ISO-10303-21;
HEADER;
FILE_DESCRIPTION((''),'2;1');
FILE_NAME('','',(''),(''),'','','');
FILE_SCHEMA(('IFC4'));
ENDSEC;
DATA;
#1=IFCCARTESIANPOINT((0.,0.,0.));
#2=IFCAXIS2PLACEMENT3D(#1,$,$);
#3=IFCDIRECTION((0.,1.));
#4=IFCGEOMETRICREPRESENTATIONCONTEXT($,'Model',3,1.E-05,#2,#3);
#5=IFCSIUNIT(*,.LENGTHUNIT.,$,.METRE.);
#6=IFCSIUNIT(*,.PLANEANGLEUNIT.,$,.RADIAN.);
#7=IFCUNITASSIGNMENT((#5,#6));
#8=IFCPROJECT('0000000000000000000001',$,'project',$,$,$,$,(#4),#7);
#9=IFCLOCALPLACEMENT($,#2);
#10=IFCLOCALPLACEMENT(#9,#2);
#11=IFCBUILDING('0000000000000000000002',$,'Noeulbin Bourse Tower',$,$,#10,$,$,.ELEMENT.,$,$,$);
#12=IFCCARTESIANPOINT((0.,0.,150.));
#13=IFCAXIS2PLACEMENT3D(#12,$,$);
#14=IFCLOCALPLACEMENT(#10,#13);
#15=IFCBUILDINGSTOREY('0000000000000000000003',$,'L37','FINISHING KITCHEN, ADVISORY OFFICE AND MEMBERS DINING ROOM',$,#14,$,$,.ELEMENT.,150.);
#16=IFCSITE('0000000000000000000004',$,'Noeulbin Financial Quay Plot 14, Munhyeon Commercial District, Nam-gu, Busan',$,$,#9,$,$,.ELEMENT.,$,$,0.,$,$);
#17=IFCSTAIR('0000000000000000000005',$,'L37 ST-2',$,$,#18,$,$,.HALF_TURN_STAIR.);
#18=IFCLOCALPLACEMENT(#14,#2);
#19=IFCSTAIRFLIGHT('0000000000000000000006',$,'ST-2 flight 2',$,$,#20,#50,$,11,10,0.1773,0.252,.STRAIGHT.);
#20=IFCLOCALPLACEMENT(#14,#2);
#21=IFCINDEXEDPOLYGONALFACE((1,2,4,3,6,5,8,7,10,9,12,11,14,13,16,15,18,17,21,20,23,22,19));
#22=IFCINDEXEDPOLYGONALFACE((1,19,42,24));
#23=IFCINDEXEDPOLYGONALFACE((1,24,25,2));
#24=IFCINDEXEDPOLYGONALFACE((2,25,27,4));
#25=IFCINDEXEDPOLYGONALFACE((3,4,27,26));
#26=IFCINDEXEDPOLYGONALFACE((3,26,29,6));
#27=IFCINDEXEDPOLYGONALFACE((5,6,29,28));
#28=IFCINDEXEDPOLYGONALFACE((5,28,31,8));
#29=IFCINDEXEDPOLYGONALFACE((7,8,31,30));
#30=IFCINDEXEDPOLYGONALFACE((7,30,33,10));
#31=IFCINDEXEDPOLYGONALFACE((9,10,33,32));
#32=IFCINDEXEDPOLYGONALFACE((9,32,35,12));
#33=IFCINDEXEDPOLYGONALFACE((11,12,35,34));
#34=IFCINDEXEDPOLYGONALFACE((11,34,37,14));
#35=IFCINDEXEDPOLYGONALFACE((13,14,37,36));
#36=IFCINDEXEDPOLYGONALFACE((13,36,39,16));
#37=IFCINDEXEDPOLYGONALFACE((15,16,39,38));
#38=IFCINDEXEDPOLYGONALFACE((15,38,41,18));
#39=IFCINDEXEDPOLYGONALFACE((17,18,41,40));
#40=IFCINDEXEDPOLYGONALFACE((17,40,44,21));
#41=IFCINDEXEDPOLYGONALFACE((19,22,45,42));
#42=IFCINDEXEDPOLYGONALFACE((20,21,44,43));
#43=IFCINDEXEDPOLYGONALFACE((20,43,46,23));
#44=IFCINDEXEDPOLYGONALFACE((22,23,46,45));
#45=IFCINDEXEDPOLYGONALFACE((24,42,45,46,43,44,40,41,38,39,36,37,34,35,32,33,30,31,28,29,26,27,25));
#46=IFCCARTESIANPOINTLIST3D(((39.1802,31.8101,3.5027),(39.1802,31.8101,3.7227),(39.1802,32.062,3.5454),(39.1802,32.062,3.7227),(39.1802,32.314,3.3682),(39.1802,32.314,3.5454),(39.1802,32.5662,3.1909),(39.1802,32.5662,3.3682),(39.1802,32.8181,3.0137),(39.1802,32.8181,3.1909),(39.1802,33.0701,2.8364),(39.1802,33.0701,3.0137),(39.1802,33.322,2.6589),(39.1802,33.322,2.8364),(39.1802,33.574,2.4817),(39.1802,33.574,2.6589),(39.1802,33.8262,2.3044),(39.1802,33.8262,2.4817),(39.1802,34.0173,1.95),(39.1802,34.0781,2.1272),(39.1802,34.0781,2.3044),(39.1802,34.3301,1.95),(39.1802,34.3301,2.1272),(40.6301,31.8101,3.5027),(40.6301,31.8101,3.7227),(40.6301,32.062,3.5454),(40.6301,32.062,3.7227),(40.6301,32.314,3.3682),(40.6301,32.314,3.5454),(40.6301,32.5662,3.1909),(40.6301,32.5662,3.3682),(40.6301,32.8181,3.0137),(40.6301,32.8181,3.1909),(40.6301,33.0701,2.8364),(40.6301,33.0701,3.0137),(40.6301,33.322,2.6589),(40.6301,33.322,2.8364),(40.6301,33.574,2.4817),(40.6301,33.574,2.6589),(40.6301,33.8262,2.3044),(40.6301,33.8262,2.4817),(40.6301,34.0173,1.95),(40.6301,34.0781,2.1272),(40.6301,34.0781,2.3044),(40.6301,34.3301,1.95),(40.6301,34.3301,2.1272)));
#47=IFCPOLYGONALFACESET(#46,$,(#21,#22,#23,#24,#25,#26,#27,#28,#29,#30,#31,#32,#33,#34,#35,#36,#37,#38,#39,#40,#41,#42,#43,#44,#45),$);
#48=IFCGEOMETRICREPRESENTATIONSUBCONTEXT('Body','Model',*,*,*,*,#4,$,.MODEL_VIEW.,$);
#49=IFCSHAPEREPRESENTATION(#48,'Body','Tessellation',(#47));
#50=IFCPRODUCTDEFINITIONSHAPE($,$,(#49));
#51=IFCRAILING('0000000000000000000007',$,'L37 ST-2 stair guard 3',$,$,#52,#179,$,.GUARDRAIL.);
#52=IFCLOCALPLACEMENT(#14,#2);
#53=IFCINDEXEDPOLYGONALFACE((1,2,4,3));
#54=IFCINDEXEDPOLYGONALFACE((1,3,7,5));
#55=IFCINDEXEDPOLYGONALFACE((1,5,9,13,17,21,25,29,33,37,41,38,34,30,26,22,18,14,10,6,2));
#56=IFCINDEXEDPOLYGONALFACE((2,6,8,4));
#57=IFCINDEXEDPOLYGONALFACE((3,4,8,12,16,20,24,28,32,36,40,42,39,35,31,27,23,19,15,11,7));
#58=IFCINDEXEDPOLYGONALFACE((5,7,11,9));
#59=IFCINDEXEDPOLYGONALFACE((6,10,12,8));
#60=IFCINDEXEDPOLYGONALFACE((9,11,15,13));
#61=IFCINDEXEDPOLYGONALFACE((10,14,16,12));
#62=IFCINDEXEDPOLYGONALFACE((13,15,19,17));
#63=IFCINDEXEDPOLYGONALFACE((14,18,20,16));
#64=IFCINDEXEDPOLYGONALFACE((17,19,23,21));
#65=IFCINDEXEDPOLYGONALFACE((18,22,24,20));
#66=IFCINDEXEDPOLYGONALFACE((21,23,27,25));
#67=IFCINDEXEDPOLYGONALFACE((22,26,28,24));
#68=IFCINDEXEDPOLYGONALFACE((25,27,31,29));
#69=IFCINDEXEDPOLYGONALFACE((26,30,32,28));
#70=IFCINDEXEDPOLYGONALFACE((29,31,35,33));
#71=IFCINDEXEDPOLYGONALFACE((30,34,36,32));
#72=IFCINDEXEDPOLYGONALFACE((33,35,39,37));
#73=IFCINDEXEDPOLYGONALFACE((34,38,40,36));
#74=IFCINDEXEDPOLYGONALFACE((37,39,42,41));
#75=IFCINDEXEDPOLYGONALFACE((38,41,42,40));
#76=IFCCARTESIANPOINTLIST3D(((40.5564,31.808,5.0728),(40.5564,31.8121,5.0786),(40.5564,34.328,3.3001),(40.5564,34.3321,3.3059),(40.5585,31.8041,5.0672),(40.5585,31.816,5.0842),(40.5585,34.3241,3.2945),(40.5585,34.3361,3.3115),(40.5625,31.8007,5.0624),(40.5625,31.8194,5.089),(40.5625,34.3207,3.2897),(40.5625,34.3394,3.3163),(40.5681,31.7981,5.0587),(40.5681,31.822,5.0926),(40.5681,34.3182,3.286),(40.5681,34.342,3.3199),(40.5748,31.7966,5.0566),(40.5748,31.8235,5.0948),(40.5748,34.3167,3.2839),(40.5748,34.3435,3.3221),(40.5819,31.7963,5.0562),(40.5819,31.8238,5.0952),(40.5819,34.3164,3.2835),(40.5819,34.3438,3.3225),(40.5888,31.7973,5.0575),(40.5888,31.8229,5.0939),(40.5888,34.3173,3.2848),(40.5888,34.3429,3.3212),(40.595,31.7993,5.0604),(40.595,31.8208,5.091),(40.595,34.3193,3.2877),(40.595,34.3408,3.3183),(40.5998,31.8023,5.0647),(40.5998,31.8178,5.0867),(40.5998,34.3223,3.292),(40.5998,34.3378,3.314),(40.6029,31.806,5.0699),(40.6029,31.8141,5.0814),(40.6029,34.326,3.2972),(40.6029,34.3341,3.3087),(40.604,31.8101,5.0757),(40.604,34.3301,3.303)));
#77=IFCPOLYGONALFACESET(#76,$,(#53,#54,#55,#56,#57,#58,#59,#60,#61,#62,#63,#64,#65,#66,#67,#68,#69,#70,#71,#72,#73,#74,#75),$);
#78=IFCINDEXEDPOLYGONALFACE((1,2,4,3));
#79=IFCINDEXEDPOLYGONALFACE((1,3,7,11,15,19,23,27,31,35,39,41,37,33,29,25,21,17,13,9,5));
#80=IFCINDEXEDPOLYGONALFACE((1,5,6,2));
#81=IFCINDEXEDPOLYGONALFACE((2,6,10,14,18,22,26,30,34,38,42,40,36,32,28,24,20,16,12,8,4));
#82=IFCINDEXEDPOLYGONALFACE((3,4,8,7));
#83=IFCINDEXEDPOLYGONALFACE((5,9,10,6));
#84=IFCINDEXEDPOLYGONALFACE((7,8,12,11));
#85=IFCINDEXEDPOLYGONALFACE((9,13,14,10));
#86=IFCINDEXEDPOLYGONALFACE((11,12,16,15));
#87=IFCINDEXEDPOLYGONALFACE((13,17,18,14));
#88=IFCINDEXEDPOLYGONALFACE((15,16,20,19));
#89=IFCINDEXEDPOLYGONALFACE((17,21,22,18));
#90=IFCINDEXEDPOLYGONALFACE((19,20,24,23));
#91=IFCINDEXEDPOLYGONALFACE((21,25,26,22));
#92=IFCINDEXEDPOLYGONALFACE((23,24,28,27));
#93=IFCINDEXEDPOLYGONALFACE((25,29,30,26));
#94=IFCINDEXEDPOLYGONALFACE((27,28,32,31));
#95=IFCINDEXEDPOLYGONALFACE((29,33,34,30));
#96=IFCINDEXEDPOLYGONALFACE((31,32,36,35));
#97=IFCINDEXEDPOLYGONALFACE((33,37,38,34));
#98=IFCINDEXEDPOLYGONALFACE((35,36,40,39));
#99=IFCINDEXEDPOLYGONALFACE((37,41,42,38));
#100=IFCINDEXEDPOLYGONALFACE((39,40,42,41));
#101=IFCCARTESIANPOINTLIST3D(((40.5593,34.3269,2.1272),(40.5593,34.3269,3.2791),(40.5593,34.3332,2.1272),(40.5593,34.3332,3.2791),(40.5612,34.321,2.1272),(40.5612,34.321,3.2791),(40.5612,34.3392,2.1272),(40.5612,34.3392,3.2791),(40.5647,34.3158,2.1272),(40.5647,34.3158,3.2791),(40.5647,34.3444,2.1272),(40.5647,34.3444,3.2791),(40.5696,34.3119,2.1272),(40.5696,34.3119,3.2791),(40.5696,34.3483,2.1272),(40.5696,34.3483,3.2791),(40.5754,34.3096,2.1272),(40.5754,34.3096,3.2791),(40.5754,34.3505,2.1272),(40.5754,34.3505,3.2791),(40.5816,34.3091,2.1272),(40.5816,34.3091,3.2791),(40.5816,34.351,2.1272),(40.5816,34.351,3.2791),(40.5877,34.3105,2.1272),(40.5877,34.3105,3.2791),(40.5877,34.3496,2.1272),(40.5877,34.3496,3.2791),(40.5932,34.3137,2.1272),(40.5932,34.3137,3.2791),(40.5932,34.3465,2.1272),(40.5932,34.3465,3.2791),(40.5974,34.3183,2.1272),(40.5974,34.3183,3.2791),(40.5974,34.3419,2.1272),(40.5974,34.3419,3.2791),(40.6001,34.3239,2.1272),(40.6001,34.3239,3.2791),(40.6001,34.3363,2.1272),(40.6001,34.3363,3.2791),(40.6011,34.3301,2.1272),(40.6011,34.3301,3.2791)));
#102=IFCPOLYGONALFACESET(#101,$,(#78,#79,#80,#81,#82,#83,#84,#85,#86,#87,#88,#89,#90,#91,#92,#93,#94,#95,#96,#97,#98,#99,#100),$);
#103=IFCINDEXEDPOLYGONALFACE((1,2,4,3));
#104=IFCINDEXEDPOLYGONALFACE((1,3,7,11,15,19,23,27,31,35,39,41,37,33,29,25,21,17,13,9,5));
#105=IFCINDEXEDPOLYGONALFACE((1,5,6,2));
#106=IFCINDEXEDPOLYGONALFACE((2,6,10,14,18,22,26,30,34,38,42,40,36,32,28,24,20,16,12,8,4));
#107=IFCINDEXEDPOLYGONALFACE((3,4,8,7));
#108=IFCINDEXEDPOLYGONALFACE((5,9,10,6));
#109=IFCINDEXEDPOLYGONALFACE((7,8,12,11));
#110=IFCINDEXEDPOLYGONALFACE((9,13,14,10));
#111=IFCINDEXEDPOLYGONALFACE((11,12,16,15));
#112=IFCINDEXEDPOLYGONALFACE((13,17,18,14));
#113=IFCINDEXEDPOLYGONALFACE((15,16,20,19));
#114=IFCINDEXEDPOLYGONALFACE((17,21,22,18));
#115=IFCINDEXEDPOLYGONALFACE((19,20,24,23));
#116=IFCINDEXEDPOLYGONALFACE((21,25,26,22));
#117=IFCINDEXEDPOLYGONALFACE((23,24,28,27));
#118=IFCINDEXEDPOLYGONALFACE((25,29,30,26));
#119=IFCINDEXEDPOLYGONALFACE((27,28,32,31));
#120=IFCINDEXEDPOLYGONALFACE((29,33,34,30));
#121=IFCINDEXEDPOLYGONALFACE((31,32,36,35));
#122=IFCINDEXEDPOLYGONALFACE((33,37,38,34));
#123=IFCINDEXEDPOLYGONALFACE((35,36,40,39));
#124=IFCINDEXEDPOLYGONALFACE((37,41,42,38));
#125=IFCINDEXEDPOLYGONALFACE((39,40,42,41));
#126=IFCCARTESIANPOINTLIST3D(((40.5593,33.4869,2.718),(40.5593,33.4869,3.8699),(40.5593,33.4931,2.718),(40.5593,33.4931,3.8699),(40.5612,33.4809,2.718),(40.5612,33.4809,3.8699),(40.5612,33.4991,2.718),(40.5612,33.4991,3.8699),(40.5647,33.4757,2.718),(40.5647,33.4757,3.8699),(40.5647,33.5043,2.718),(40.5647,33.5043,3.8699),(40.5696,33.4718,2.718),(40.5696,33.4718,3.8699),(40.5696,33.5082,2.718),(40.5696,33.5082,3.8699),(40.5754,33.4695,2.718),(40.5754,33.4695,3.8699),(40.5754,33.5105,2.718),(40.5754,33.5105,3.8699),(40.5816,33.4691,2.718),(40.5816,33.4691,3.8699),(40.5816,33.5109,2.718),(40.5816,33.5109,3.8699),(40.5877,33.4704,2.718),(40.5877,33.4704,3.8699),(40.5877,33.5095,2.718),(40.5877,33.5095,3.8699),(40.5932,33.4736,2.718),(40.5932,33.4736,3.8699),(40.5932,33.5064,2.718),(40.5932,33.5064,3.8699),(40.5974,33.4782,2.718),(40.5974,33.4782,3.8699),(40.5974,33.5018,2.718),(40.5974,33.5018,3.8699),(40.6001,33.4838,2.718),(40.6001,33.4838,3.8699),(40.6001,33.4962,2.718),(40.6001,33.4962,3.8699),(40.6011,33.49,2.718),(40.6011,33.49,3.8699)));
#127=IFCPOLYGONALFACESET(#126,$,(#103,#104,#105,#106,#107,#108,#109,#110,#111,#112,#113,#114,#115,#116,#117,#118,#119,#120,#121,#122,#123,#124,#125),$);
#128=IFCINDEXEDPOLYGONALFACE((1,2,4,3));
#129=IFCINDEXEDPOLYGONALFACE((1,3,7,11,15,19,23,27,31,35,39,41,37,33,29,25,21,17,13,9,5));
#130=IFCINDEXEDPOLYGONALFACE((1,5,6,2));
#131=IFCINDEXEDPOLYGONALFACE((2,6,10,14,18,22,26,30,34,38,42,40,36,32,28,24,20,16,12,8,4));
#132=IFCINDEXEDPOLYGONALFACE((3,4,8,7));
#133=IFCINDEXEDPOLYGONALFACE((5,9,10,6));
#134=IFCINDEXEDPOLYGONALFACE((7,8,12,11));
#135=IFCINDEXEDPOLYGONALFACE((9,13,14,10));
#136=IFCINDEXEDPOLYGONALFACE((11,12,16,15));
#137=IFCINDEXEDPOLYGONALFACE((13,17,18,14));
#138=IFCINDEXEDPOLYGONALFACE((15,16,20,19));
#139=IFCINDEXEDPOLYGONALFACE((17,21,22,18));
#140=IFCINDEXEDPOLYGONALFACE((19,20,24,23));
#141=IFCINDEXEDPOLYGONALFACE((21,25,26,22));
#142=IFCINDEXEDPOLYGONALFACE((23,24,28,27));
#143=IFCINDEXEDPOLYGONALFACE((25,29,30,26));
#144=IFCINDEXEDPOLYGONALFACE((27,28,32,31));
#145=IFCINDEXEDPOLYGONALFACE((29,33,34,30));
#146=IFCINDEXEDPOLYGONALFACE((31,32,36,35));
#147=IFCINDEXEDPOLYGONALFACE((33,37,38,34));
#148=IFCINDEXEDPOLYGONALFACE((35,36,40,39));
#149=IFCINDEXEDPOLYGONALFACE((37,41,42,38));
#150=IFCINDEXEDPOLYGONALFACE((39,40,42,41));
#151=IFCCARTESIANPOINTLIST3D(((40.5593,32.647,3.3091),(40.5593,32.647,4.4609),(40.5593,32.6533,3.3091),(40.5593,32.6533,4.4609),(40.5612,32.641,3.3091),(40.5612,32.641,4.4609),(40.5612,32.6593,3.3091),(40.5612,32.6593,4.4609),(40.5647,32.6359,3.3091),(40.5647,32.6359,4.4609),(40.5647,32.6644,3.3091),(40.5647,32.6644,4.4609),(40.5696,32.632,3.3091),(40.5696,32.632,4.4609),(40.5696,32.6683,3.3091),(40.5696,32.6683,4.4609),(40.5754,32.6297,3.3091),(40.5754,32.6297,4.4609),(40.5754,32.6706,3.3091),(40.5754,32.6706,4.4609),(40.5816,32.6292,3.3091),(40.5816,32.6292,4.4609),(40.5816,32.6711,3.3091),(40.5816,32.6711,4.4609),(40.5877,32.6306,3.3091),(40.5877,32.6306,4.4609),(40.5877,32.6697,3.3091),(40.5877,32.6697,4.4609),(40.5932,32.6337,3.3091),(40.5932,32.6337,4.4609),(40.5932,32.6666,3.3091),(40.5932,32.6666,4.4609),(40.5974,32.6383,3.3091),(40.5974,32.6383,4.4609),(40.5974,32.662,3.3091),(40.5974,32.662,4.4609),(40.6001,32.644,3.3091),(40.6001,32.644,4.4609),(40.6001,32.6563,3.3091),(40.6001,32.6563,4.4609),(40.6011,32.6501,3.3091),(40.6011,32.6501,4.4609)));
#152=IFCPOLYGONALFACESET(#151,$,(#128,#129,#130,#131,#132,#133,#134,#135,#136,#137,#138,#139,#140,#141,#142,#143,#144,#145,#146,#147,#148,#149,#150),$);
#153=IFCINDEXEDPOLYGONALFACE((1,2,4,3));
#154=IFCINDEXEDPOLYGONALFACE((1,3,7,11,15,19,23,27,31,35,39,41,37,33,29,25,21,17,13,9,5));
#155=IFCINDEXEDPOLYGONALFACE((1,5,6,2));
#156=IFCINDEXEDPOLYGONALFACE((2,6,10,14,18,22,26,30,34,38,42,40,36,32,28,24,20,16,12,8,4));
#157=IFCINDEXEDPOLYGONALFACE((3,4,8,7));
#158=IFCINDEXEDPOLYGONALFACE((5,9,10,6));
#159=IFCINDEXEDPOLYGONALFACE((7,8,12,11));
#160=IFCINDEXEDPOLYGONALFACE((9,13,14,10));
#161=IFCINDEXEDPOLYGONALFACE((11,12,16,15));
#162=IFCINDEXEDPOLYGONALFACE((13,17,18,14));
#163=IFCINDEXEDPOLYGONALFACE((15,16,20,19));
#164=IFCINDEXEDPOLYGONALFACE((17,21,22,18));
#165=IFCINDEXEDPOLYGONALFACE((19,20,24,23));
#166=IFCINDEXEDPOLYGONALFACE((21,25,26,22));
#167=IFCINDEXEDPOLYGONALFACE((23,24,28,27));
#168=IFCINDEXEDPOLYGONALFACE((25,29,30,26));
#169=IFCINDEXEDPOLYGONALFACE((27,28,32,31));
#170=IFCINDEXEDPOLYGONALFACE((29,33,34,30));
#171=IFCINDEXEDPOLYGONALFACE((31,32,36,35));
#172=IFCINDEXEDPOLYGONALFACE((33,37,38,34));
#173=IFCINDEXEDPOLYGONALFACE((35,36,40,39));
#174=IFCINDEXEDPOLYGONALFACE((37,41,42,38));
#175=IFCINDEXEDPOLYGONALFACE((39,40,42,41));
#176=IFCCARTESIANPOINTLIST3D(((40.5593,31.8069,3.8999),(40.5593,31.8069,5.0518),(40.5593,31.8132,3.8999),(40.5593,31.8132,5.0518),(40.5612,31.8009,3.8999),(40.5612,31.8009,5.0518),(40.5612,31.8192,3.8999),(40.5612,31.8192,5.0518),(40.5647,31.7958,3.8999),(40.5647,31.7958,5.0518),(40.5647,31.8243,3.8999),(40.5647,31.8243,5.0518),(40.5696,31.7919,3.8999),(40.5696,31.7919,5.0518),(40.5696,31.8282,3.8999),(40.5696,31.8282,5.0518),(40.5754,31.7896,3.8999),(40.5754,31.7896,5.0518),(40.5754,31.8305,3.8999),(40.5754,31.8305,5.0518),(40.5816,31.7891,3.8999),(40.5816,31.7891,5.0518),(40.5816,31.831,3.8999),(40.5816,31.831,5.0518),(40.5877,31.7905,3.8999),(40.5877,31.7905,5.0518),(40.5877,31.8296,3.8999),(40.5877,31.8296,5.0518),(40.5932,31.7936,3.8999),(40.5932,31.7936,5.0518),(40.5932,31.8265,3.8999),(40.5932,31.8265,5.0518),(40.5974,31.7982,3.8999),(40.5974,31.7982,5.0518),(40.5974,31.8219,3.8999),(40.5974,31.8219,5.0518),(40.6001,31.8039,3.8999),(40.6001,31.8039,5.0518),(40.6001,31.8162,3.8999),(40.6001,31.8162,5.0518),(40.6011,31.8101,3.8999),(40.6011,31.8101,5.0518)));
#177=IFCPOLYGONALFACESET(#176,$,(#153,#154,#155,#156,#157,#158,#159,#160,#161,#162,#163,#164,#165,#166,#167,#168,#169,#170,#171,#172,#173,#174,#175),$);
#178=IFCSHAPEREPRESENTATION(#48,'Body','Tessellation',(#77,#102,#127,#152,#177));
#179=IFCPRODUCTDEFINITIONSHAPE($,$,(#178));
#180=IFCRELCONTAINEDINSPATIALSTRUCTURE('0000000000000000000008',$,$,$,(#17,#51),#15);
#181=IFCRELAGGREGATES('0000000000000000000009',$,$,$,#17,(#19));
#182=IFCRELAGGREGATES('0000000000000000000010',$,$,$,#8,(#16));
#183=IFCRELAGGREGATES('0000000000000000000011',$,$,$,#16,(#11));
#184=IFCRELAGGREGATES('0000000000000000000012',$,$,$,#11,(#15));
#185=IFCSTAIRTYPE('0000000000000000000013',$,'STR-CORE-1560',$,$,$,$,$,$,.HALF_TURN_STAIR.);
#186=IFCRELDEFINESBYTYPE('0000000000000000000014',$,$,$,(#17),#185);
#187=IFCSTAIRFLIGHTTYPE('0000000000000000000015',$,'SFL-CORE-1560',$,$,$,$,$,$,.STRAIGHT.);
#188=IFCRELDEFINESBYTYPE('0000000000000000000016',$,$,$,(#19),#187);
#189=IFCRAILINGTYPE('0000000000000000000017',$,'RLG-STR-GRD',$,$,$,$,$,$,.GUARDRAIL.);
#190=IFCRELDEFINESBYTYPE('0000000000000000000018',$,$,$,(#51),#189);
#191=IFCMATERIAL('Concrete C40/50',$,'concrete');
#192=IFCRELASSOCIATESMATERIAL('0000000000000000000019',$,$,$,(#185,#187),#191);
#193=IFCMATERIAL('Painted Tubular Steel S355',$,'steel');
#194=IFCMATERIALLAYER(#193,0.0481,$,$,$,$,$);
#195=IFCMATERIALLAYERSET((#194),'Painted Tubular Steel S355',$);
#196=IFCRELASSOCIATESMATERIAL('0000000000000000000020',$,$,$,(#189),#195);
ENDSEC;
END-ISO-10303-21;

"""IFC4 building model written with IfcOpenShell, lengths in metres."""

from ifc_helpers import new_model, si_unit, direction, frame, origin, origin_2d, place, context, subcontext, project, spatial, polyline, circle, outline, extrude, material, layer, layer_set, type_object, element, aggregate, save


model = new_model("IFC4")

# Units and contexts
model_context = context("Model", 3, precision=1e-05, world=origin(), true_north=direction((0.0, 1.0)))
body_context = subcontext(model_context, "Body", "Model", "MODEL_VIEW")
ifc_project = project(units=[si_unit("LENGTHUNIT", "METRE"), si_unit("PLANEANGLEUNIT", "RADIAN")], contexts=[model_context])

# Site, building, storey
site_placement = place(None, origin())
site = spatial("IfcSite", under=ifc_project, at=site_placement, Name="Noeulbin Financial Quay Plot 14, Munhyeon Commercial District, Nam-gu, Busan", CompositionType="ELEMENT", RefElevation=0.0)
building_placement = place(site_placement, origin())
building = spatial("IfcBuilding", under=site, at=building_placement, Name="Noeulbin Bourse Tower", CompositionType="ELEMENT")
storey_placement = place(building_placement, frame((0.0, 0.0, 150.0)))
storey = spatial("IfcBuildingStorey", under=building, at=storey_placement, Name="L37", Description="FINISHING KITCHEN, ADVISORY OFFICE AND MEMBERS DINING ROOM", CompositionType="ELEMENT", Elevation=150.0)

# Shared definitions
ifc_material_1 = material(Name="Concrete C40/50", Category="concrete")

# Stair, stair flight
stair_type = type_object("IfcStairType", Name="STR-CORE-1560", PredefinedType="HALF_TURN_STAIR", material=ifc_material_1)
stair_placement = place(storey_placement, origin())
stair = element("IfcStair", 1, at=stair_placement, inside=storey, type_object=stair_type, Name="L37 ST-2", PredefinedType="HALF_TURN_STAIR")
stair_flight_type = type_object("IfcStairFlightType", Name="SFL-CORE-1560", PredefinedType="STRAIGHT", material=ifc_material_1)
stair_flight_placement = place(storey_placement, frame((39.905, 34.3301, 1.95), z_axis=(0.0, 0.0, 1.0), x_axis=(0.0, -1.0, 0.0)))
stair_flight = element("IfcStairFlight", 2, at=stair_flight_placement, type_object=stair_flight_type, Name="ST-2 flight 2", NumberOfRisers=11, NumberOfTreads=10, PredefinedType="STRAIGHT", RiserHeight=0.1773, TreadLength=0.252, context=body_context, shape_type="SweptSolid", body=[
    extrude(outline(polyline([(0.0, 0.0), (0.0, 0.1772), (0.252, 0.1772), (0.252, 0.3545), (0.5039, 0.3545), (0.5039, 0.5317), (0.7561, 0.5317), (0.7561, 0.709), (1.0081, 0.709), (1.0081, 0.8865), (1.26, 0.8865), (1.26, 1.0637), (1.512, 1.0637), (1.512, 1.241), (1.7639, 1.241), (1.7639, 1.4182), (2.0161, 1.4182), (2.0161, 1.5955), (2.2681, 1.5955), (2.2681, 1.7727), (2.52, 1.7727), (2.52, 1.95), (2.52, 1.5527), (0.3127, 0.0), (0.0, 0.0)])), frame((0.0, 0.7251, 0.0), z_axis=(0.0, -1.0, 0.0), x_axis=(1.0, 0.0, 0.0)), (0.0, 0.0, 1.0), 1.45),
])
aggregate(stair, [stair_flight])

# Railing
ifc_material_2 = material(Name="Painted Tubular Steel S355", Category="steel")
ifc_layer_1 = layer(ifc_material_2, 0.0481)
ifc_layer_set_1 = layer_set([ifc_layer_1], Name="Painted Tubular Steel S355")
railing_type_1 = type_object("IfcRailingType", Name="RLG-STR-GRD", PredefinedType="GUARDRAIL", material=ifc_layer_set_1)
railing_1_placement = place(storey_placement, frame((40.5801, 34.3301, 2.1272)))
element("IfcRailing", 3, at=railing_1_placement, inside=storey, type_object=railing_type_1, Name="L37 ST-2 stair guard 3", PredefinedType="GUARDRAIL", context=body_context, shape_type="SweptSolid", body=[
    extrude(circle(Radius=0.0239, at=origin_2d()), frame((0.0, 0.0, 1.1758), z_axis=(0.0, -0.817904, 0.575354), x_axis=(1.0, 0.0, 0.0)), (0.0, 0.0, 1.0), 3.0811),
    extrude(circle(Radius=0.021, at=origin_2d()), origin(), (0.0, 0.0, 1.0), 1.1519),
    extrude(circle(Radius=0.021, at=origin_2d()), frame((0.0, -0.8401, 0.5908)), (0.0, 0.0, 1.0), 1.1519),
    extrude(circle(Radius=0.021, at=origin_2d()), frame((0.0, -1.6799, 1.1819)), (0.0, 0.0, 1.0), 1.1519),
    extrude(circle(Radius=0.021, at=origin_2d()), frame((0.0, -2.52, 1.7727)), (0.0, 0.0, 1.0), 1.1519),
])

save(model, "model.ifc")
